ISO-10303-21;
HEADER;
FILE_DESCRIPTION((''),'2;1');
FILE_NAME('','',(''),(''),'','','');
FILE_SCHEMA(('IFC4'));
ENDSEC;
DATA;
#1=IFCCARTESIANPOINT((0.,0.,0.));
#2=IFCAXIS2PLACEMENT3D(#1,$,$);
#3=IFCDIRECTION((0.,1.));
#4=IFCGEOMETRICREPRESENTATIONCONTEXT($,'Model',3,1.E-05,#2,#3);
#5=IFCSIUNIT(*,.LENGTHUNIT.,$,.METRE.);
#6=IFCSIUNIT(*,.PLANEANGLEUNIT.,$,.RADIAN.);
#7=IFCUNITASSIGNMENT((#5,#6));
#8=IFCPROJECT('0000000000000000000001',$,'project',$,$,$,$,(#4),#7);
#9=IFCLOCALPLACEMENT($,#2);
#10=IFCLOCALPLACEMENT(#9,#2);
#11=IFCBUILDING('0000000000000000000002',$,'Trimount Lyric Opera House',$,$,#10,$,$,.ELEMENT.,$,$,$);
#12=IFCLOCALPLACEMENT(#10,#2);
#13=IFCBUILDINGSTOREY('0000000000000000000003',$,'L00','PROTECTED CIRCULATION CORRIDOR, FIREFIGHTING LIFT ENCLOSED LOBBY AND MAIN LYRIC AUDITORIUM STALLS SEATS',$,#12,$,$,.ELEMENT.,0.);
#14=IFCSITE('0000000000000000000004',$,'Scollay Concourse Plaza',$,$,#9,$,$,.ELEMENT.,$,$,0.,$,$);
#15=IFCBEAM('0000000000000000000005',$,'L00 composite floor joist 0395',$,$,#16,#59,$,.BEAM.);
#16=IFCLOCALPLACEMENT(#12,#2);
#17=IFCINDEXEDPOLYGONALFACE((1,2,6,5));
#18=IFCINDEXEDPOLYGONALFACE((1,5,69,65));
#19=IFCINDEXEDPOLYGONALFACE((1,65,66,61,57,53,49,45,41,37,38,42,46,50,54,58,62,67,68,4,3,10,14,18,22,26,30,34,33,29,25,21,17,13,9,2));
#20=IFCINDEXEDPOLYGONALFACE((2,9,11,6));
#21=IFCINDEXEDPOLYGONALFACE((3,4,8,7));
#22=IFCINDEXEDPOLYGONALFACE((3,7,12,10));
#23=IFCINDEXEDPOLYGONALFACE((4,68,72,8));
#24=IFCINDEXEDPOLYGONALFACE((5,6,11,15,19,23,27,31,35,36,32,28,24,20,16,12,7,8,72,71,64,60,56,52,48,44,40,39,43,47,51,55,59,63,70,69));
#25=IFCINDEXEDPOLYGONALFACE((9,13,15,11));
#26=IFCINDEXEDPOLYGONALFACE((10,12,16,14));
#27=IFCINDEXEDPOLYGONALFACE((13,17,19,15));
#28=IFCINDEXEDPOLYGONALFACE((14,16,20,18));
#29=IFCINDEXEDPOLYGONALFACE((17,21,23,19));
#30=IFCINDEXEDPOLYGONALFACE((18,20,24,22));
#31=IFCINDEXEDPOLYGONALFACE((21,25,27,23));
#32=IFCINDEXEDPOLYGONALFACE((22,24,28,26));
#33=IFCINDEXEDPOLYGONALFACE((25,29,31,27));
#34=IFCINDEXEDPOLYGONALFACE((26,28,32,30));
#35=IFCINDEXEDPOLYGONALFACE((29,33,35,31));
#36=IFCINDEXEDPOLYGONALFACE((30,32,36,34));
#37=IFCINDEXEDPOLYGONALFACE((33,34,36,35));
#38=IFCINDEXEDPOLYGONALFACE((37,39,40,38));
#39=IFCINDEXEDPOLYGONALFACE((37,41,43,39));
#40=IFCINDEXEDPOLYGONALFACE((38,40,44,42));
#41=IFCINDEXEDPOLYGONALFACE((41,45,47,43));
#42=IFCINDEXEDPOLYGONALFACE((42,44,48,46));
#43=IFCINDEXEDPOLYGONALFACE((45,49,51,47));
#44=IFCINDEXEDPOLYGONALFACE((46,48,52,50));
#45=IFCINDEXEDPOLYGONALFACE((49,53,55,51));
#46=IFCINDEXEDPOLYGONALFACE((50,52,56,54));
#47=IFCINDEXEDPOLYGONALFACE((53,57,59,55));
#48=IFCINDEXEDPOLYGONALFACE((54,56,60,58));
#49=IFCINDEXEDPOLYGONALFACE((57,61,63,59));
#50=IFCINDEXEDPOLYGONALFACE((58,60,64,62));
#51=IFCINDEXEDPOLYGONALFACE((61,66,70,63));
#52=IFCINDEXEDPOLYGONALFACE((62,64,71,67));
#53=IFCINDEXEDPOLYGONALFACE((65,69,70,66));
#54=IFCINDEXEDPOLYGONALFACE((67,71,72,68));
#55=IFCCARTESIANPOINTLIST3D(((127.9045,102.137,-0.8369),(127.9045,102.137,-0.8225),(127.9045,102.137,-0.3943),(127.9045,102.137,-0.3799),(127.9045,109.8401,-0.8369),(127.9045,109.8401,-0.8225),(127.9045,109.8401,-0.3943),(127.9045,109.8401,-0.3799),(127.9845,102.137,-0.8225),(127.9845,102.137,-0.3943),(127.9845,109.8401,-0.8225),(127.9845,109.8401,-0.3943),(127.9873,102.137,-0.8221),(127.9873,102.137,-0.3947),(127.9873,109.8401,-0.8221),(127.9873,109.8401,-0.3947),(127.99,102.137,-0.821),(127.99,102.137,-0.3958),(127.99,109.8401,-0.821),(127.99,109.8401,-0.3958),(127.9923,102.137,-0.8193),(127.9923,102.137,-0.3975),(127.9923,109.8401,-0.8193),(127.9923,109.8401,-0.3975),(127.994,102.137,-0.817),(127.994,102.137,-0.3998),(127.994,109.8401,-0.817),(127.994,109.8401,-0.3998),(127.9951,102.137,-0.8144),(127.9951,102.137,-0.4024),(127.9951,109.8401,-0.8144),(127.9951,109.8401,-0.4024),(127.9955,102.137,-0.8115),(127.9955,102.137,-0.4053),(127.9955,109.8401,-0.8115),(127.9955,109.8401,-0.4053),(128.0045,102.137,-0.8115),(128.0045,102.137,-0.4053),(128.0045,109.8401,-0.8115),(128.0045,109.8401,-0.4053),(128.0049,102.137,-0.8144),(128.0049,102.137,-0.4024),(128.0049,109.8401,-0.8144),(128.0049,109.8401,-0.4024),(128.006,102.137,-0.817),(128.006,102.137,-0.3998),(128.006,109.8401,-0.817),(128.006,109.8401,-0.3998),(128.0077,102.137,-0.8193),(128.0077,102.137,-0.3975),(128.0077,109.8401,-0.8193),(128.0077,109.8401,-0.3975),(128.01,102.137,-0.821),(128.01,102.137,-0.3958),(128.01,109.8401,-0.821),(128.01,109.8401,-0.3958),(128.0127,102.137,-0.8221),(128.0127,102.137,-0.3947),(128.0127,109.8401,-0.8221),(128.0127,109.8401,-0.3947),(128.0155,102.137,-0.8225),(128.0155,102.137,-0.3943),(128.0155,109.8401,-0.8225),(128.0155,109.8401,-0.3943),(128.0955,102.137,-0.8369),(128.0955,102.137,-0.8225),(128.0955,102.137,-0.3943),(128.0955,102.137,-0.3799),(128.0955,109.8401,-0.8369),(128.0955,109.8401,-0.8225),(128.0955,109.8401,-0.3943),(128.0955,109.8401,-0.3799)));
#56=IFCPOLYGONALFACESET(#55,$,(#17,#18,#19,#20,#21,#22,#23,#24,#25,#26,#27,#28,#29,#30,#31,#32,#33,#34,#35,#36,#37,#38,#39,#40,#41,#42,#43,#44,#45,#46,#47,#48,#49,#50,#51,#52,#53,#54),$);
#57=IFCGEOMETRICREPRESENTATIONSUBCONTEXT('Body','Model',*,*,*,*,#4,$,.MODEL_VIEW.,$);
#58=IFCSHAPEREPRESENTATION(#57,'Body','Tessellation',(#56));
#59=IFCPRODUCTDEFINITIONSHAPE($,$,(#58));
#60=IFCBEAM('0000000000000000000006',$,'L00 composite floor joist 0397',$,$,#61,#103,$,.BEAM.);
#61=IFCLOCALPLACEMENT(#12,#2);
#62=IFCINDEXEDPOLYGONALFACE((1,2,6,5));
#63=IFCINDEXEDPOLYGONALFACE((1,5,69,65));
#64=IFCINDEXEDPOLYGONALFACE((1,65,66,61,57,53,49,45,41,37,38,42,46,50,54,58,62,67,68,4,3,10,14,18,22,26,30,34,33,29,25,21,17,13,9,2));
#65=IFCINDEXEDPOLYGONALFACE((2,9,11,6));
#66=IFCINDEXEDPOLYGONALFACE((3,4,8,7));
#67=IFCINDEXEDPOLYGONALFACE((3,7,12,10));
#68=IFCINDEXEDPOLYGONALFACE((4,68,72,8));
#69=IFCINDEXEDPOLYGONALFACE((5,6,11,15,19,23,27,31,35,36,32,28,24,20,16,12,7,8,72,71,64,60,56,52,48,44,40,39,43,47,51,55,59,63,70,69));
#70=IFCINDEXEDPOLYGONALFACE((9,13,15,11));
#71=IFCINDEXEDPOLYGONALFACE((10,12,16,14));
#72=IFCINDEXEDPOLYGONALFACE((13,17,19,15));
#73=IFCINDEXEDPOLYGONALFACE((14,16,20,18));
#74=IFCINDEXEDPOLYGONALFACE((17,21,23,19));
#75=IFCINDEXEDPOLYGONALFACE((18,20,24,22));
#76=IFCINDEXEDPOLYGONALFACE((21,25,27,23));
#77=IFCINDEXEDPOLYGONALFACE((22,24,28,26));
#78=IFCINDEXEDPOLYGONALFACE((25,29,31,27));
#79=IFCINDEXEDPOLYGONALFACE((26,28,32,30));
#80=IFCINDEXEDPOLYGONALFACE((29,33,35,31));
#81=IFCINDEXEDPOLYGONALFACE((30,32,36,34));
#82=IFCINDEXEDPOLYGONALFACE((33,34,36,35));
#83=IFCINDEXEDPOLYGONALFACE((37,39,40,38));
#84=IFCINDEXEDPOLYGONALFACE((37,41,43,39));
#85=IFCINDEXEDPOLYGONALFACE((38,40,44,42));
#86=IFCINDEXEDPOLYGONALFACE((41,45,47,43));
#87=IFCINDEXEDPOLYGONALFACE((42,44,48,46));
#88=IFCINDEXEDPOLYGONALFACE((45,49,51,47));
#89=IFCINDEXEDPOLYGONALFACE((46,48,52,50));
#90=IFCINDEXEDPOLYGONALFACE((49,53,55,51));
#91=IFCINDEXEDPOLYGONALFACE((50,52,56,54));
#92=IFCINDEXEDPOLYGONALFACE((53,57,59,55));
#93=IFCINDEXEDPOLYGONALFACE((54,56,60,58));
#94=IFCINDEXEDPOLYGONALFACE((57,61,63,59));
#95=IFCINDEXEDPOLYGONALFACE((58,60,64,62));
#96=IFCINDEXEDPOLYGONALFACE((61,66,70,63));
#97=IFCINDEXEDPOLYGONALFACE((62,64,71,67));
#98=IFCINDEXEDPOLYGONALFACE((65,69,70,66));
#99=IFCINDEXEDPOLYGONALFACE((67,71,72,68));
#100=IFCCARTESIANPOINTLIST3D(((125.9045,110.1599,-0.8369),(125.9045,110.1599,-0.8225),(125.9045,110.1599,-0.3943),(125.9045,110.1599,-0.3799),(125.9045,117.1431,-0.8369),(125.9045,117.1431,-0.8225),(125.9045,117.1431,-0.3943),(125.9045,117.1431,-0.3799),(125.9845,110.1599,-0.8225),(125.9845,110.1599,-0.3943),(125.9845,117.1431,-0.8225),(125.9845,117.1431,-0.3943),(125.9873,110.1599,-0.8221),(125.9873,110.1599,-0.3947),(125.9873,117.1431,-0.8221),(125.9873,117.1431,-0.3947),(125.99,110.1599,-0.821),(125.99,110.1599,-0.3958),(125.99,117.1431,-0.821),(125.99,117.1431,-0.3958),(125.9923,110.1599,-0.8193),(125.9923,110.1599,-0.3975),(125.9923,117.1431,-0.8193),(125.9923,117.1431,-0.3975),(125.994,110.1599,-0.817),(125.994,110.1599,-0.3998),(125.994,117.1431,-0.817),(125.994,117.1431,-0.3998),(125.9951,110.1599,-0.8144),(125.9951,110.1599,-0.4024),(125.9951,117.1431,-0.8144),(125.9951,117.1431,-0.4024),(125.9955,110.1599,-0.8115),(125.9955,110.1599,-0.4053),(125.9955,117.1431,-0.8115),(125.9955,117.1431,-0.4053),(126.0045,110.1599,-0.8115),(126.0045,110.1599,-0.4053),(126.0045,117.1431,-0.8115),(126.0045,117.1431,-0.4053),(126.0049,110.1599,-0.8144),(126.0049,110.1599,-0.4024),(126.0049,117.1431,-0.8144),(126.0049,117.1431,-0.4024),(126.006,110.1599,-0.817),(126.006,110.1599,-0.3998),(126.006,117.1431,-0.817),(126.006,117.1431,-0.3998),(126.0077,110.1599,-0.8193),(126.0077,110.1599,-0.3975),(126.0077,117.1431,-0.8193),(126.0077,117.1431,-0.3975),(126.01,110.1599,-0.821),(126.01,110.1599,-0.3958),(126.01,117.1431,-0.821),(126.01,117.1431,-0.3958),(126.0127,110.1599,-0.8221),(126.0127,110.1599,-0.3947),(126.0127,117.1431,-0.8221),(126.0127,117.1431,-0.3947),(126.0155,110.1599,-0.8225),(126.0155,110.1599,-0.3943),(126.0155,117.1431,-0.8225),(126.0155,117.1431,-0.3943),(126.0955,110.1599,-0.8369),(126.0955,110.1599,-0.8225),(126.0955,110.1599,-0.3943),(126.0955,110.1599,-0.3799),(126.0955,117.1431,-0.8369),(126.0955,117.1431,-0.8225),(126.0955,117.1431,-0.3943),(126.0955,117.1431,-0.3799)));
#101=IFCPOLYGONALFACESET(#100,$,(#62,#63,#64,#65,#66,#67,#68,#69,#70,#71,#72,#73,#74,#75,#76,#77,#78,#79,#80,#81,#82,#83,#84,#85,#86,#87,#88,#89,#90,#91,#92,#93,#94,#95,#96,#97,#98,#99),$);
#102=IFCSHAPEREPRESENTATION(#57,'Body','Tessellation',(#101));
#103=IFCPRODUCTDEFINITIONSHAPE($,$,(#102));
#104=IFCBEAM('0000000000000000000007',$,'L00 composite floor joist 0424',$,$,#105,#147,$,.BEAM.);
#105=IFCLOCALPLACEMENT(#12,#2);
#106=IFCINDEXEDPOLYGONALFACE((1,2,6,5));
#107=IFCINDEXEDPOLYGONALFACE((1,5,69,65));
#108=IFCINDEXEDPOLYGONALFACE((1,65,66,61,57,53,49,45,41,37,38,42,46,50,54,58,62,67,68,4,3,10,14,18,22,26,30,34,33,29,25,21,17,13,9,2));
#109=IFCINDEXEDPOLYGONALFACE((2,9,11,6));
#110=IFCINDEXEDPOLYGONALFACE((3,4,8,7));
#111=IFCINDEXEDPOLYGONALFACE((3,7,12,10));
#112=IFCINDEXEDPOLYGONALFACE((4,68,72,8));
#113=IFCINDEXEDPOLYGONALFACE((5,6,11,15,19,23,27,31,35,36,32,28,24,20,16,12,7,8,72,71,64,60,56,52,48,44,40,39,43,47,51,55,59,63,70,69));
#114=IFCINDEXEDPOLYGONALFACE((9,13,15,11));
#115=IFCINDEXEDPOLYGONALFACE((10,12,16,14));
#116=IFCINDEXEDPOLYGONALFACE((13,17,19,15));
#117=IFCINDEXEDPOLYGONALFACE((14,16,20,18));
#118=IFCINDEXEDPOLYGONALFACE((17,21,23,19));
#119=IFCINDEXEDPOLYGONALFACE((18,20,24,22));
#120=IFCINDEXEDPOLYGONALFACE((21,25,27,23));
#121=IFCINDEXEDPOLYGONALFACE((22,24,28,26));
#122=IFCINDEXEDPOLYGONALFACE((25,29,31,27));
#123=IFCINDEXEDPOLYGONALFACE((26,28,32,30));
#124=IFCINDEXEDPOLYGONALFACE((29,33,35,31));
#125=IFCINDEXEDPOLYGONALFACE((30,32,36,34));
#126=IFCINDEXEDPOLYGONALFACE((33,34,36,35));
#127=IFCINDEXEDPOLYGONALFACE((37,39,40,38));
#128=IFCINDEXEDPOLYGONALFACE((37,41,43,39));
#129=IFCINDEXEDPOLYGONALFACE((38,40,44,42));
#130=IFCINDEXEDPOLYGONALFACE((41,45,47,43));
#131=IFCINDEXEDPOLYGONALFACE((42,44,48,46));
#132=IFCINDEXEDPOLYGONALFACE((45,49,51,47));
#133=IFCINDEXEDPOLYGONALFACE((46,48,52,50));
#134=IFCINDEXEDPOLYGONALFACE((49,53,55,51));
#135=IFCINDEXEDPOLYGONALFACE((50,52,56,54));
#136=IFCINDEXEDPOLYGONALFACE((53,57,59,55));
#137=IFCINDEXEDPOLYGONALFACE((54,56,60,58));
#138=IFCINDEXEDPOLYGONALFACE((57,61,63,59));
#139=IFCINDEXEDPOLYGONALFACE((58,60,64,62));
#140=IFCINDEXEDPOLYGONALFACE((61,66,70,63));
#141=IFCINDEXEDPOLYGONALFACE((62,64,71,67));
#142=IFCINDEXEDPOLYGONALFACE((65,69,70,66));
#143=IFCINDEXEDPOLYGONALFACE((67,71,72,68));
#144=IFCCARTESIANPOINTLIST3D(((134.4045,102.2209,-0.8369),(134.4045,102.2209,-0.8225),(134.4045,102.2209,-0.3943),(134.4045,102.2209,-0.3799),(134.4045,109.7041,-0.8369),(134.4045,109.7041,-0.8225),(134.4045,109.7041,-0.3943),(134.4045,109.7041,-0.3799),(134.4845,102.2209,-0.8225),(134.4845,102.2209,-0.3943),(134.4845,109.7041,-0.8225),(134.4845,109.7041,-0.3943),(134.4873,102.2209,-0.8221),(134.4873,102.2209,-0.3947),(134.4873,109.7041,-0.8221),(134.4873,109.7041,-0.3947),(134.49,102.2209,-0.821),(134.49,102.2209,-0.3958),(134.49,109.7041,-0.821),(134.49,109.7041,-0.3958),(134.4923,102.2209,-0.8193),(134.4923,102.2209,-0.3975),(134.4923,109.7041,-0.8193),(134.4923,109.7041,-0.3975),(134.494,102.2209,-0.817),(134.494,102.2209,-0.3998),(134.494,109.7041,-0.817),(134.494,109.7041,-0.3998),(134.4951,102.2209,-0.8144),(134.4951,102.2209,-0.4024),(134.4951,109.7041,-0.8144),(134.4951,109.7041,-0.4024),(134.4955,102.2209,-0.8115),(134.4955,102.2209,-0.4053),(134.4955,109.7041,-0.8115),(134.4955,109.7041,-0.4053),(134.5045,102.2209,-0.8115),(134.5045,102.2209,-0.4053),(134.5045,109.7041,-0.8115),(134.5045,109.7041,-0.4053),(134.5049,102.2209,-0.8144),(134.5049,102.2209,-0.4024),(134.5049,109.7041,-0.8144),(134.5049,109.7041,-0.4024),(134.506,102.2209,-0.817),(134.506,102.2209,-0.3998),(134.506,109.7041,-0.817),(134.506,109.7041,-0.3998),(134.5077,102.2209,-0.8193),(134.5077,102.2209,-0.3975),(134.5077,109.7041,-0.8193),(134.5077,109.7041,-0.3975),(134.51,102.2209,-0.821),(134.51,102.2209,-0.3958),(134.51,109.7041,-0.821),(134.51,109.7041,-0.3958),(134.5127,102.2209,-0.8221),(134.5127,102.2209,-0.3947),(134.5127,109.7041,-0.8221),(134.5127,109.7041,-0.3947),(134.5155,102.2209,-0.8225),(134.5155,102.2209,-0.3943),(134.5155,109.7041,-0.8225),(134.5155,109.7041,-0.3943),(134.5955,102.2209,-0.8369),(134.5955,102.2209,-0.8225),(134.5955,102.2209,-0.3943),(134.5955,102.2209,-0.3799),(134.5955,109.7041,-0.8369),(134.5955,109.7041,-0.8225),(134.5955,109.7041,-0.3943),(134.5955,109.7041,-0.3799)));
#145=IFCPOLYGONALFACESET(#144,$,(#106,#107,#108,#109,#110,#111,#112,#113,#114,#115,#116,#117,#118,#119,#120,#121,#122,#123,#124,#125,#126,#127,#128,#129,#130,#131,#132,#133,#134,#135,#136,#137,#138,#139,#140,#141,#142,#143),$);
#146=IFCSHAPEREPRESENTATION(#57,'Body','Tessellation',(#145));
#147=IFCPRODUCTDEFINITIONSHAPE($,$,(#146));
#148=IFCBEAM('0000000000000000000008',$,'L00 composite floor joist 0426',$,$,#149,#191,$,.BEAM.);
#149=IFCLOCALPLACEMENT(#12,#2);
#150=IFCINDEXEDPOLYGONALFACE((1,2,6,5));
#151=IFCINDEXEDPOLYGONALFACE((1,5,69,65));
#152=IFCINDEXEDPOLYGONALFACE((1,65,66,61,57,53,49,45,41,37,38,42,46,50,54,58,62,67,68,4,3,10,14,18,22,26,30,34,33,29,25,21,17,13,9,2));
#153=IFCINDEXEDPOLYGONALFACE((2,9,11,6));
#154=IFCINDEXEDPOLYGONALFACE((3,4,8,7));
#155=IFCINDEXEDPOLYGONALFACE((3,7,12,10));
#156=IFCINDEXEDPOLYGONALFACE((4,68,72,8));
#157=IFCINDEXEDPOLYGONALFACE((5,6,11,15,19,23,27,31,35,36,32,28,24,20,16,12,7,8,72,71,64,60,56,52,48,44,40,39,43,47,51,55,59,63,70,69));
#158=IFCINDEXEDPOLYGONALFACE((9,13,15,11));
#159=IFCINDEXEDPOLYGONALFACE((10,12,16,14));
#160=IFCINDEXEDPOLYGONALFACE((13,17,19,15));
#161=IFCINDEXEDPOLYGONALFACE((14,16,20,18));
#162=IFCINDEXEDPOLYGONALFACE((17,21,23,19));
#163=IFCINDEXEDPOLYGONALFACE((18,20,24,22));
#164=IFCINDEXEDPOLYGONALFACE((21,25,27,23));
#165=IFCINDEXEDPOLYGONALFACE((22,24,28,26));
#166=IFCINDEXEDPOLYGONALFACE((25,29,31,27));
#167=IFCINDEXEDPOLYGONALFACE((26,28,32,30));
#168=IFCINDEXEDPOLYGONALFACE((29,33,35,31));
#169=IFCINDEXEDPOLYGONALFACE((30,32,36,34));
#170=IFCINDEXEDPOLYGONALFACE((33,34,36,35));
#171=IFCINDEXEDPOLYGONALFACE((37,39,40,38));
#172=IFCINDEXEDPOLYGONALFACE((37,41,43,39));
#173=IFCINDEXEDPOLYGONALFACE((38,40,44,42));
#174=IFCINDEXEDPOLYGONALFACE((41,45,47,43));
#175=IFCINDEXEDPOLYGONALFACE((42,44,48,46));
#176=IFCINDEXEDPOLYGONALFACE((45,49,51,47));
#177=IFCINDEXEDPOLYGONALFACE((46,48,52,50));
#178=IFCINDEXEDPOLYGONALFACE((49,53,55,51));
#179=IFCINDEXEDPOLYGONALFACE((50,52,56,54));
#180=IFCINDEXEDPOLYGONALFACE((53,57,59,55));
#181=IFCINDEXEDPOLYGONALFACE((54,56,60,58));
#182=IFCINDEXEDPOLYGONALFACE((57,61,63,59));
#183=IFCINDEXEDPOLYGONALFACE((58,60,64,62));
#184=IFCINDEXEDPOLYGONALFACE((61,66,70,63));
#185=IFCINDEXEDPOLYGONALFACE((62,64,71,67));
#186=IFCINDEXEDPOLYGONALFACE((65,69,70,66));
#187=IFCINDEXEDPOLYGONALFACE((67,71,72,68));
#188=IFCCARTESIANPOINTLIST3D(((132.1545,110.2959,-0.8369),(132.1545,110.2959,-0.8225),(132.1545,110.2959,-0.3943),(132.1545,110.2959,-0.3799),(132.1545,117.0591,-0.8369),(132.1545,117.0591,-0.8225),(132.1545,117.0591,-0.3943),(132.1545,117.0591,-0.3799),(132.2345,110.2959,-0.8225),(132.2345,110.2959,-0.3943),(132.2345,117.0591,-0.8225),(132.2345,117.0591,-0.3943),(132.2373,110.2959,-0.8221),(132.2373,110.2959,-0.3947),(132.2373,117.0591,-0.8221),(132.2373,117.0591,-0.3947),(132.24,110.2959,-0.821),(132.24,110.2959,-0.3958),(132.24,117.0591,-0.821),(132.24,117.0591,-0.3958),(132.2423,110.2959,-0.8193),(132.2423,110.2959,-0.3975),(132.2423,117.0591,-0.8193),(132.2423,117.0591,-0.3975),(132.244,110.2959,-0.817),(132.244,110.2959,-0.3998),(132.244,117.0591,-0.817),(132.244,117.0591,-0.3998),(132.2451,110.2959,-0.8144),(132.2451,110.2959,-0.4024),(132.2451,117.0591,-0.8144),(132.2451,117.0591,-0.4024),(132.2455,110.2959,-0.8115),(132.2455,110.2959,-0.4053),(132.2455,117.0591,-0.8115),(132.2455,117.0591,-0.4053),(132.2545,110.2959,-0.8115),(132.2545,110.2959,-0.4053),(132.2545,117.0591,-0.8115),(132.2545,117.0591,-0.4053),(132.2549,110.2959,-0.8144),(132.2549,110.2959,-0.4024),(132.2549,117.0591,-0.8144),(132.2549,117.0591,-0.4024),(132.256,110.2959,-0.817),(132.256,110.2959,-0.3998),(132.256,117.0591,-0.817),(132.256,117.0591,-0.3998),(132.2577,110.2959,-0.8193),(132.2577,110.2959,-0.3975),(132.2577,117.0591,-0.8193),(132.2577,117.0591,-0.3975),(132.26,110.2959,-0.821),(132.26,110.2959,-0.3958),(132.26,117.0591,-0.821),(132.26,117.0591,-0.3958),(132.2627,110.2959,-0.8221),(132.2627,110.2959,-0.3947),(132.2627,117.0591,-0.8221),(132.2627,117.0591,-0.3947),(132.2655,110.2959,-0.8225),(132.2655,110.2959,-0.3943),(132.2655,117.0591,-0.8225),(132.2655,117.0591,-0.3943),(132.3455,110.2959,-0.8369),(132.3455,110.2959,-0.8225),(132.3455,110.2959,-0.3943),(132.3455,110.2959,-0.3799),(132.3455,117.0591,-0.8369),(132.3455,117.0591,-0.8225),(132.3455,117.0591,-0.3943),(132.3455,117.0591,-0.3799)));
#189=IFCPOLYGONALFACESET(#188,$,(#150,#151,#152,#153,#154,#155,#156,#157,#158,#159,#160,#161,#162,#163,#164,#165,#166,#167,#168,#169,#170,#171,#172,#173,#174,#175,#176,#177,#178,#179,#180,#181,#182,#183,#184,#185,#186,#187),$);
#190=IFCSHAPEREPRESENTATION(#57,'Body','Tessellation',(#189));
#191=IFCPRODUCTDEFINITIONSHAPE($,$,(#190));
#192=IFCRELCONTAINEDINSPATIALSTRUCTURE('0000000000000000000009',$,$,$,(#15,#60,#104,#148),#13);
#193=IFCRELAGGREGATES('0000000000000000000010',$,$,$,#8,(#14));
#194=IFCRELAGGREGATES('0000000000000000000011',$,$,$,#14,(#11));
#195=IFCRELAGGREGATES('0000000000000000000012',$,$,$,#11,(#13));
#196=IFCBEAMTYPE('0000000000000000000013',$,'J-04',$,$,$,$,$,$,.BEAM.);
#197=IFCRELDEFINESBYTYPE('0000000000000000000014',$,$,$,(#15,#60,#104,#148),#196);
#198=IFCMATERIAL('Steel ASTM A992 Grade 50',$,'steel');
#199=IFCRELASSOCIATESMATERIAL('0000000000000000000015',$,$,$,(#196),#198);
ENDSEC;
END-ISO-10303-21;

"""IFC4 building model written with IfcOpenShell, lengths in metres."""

from ifc_helpers import new_model, si_unit, direction, frame, origin, origin_2d, place, context, subcontext, project, spatial, i_section, extrude, material, material_profile, profile_set, type_object, element, save


model = new_model("IFC4")

# Units and contexts
model_context = context("Model", 3, precision=1e-05, world=origin(), true_north=direction((0.0, 1.0)))
body_context = subcontext(model_context, "Body", "Model", "MODEL_VIEW")
ifc_project = project(units=[si_unit("LENGTHUNIT", "METRE"), si_unit("PLANEANGLEUNIT", "RADIAN")], contexts=[model_context])

# Site, building, storey
site_placement = place(None, origin())
site = spatial("IfcSite", under=ifc_project, at=site_placement, Name="Scollay Concourse Plaza", CompositionType="ELEMENT", RefElevation=0.0)
building_placement = place(site_placement, origin())
building = spatial("IfcBuilding", under=site, at=building_placement, Name="Trimount Lyric Opera House", CompositionType="ELEMENT")
storey_placement = place(building_placement, origin())
storey = spatial("IfcBuildingStorey", under=building, at=storey_placement, Name="L00", Description="PROTECTED CIRCULATION CORRIDOR, FIREFIGHTING LIFT ENCLOSED LOBBY AND MAIN LYRIC AUDITORIUM STALLS SEATS", CompositionType="ELEMENT", Elevation=0.0)

# Beams
ifc_material_1 = material(Name="Steel ASTM A992 Grade 50", Category="steel")
ifc_material_profile_1 = material_profile(ifc_material_1, i_section(OverallWidth=0.1909, OverallDepth=0.457, WebThickness=0.009, FlangeThickness=0.0144, FilletRadius=0.011, at=origin_2d()), Name="W18X50")
ifc_profile_set_1 = profile_set([ifc_material_profile_1], Name="Steel ASTM A992 Grade 50")
beam_type_1 = type_object("IfcBeamType", Name="J-04", PredefinedType="BEAM", material=ifc_profile_set_1)
beam_1_placement = place(storey_placement, frame((128.0, 102.137, -0.6084), z_axis=(0.0, 1.0, 0.0), x_axis=(-1.0, 0.0, 0.0)))
element("IfcBeam", 1, at=beam_1_placement, inside=storey, type_object=beam_type_1, Name="L00 composite floor joist 0395", PredefinedType="BEAM", context=body_context, shape_type="SweptSolid", body=[
    extrude(i_section(OverallWidth=0.1909, OverallDepth=0.457, WebThickness=0.009, FlangeThickness=0.0144, FilletRadius=0.011, at=origin_2d()), origin(), (0.0, 0.0, 1.0), 7.7031),
])
beam_2_placement = place(storey_placement, frame((126.0, 110.1599, -0.6084), z_axis=(0.0, 1.0, 0.0), x_axis=(-1.0, 0.0, 0.0)))
element("IfcBeam", 2, at=beam_2_placement, inside=storey, type_object=beam_type_1, Name="L00 composite floor joist 0397", PredefinedType="BEAM", context=body_context, shape_type="SweptSolid", body=[
    extrude(i_section(OverallWidth=0.1909, OverallDepth=0.457, WebThickness=0.009, FlangeThickness=0.0144, FilletRadius=0.011, at=origin_2d()), origin(), (0.0, 0.0, 1.0), 6.9832),
])
beam_3_placement = place(storey_placement, frame((134.5, 102.2209, -0.6084), z_axis=(0.0, 1.0, 0.0), x_axis=(-1.0, 0.0, 0.0)))
element("IfcBeam", 3, at=beam_3_placement, inside=storey, type_object=beam_type_1, Name="L00 composite floor joist 0424", PredefinedType="BEAM", context=body_context, shape_type="SweptSolid", body=[
    extrude(i_section(OverallWidth=0.1909, OverallDepth=0.457, WebThickness=0.009, FlangeThickness=0.0144, FilletRadius=0.011, at=origin_2d()), origin(), (0.0, 0.0, 1.0), 7.4832),
])
beam_4_placement = place(storey_placement, frame((132.25, 110.2959, -0.6084), z_axis=(0.0, 1.0, 0.0), x_axis=(-1.0, 0.0, 0.0)))
element("IfcBeam", 4, at=beam_4_placement, inside=storey, type_object=beam_type_1, Name="L00 composite floor joist 0426", PredefinedType="BEAM", context=body_context, shape_type="SweptSolid", body=[
    extrude(i_section(OverallWidth=0.1909, OverallDepth=0.457, WebThickness=0.009, FlangeThickness=0.0144, FilletRadius=0.011, at=origin_2d()), origin(), (0.0, 0.0, 1.0), 6.7632),
])

save(model, "model.ifc")
